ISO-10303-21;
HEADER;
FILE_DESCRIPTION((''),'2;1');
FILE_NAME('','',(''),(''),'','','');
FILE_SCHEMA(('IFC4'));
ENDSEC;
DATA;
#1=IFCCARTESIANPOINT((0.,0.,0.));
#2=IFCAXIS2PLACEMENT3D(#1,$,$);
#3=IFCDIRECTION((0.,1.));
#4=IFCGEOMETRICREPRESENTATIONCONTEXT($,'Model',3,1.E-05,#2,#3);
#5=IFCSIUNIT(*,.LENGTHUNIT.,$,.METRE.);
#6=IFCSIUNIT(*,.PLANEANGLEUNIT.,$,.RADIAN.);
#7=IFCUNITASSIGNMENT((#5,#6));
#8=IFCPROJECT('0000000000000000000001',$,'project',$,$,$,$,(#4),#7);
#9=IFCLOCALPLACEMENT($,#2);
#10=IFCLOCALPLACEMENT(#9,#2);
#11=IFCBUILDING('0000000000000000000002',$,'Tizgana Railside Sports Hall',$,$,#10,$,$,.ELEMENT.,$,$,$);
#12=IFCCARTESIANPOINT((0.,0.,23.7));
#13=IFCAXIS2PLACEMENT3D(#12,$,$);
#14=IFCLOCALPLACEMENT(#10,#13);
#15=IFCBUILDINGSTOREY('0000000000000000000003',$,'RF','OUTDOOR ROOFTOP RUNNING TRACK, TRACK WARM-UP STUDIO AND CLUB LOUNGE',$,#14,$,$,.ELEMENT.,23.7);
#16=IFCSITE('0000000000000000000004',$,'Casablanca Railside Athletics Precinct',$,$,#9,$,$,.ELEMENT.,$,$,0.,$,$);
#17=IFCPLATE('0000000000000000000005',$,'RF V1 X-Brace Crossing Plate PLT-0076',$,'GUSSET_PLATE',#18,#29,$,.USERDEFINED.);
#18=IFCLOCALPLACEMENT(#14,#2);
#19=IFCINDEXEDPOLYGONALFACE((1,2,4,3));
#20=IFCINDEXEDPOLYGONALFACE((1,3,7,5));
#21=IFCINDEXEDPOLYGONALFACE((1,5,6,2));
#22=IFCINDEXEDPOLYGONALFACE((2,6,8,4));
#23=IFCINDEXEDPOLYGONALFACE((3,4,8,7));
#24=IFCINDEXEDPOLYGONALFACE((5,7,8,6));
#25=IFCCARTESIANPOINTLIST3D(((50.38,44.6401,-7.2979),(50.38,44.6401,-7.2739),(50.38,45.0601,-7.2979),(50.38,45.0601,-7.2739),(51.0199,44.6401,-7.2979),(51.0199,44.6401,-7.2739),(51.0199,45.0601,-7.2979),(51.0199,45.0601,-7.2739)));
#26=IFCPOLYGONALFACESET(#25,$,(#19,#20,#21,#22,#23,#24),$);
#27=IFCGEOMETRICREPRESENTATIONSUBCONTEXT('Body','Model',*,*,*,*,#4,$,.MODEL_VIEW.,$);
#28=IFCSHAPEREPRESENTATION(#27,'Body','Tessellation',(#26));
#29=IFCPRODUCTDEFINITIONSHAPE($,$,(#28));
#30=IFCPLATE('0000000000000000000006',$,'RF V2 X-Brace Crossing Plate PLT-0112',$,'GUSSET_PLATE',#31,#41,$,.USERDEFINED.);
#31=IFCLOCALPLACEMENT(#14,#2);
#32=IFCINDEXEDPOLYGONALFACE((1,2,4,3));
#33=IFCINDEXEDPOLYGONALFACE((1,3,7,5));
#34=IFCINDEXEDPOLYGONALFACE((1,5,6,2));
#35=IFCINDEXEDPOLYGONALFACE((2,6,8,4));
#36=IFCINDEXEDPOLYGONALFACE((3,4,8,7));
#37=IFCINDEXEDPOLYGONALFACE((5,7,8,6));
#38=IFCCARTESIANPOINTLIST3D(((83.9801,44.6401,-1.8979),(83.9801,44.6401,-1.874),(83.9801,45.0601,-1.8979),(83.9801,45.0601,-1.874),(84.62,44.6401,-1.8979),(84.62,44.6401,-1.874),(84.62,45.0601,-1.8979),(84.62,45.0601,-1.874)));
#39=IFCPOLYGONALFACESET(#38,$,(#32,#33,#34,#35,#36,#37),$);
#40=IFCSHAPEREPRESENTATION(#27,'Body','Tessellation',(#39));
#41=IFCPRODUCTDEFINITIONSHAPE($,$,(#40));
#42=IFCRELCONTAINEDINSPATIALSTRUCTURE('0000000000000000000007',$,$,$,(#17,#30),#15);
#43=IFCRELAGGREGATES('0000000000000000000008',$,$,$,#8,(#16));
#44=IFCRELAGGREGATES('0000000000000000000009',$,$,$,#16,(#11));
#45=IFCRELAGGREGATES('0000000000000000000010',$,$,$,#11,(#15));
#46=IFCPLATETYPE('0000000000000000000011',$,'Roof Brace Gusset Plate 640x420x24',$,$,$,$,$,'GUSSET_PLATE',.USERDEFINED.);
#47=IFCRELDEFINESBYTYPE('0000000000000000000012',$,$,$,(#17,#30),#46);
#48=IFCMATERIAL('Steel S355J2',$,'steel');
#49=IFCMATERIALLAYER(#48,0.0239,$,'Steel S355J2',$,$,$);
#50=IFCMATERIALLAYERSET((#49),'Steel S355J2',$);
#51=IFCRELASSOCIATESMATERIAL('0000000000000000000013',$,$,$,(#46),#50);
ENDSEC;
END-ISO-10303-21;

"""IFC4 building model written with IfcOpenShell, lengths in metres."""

from ifc_helpers import new_model, si_unit, direction, frame, origin, origin_2d, place, context, subcontext, project, spatial, rectangle, extrude, material, layer, layer_set, type_object, element, save


model = new_model("IFC4")

# Units and contexts
model_context = context("Model", 3, precision=1e-05, world=origin(), true_north=direction((0.0, 1.0)))
body_context = subcontext(model_context, "Body", "Model", "MODEL_VIEW")
ifc_project = project(units=[si_unit("LENGTHUNIT", "METRE"), si_unit("PLANEANGLEUNIT", "RADIAN")], contexts=[model_context])

# Site, building, storey
site_placement = place(None, origin())
site = spatial("IfcSite", under=ifc_project, at=site_placement, Name="Casablanca Railside Athletics Precinct", CompositionType="ELEMENT", RefElevation=0.0)
building_placement = place(site_placement, origin())
building = spatial("IfcBuilding", under=site, at=building_placement, Name="Tizgana Railside Sports Hall", CompositionType="ELEMENT")
storey_placement = place(building_placement, frame((0.0, 0.0, 23.7)))
storey = spatial("IfcBuildingStorey", under=building, at=storey_placement, Name="RF", Description="OUTDOOR ROOFTOP RUNNING TRACK, TRACK WARM-UP STUDIO AND CLUB LOUNGE", CompositionType="ELEMENT", Elevation=23.7)

# Shared definitions
ifc_material_1 = material(Name="Steel S355J2", Category="steel")

# Plates
ifc_layer_1 = layer(ifc_material_1, 0.0239, Name="Steel S355J2")
ifc_layer_set_1 = layer_set([ifc_layer_1], Name="Steel S355J2")
plate_type_1 = type_object("IfcPlateType", Name="Roof Brace Gusset Plate 640x420x24", ElementType="GUSSET_PLATE", PredefinedType="USERDEFINED", material=ifc_layer_set_1)
for number, where, z_axis, x_axis, name in (
    (1, (50.7, 44.8501, -7.2979), (0.0, 0.0, 1.0), (1.0, 0.0, 0.0), "RF V1 X-Brace Crossing Plate PLT-0076"),
    (2, (84.3, 44.8501, -1.8979), (0.0, 0.0, 1.0), (1.0, 0.0, 0.0), "RF V2 X-Brace Crossing Plate PLT-0112"),
):
    element("IfcPlate", number, at=place(storey_placement, frame(where, z_axis=z_axis, x_axis=x_axis)), inside=storey, type_object=plate_type_1, Name=name, ObjectType="GUSSET_PLATE", PredefinedType="USERDEFINED", context=body_context, shape_type="SweptSolid", body=[
        extrude(rectangle(XDim=0.6399, YDim=0.4199, at=origin_2d()), origin(), (0.0, 0.0, 1.0), 0.0239),
    ])

save(model, "model.ifc")
